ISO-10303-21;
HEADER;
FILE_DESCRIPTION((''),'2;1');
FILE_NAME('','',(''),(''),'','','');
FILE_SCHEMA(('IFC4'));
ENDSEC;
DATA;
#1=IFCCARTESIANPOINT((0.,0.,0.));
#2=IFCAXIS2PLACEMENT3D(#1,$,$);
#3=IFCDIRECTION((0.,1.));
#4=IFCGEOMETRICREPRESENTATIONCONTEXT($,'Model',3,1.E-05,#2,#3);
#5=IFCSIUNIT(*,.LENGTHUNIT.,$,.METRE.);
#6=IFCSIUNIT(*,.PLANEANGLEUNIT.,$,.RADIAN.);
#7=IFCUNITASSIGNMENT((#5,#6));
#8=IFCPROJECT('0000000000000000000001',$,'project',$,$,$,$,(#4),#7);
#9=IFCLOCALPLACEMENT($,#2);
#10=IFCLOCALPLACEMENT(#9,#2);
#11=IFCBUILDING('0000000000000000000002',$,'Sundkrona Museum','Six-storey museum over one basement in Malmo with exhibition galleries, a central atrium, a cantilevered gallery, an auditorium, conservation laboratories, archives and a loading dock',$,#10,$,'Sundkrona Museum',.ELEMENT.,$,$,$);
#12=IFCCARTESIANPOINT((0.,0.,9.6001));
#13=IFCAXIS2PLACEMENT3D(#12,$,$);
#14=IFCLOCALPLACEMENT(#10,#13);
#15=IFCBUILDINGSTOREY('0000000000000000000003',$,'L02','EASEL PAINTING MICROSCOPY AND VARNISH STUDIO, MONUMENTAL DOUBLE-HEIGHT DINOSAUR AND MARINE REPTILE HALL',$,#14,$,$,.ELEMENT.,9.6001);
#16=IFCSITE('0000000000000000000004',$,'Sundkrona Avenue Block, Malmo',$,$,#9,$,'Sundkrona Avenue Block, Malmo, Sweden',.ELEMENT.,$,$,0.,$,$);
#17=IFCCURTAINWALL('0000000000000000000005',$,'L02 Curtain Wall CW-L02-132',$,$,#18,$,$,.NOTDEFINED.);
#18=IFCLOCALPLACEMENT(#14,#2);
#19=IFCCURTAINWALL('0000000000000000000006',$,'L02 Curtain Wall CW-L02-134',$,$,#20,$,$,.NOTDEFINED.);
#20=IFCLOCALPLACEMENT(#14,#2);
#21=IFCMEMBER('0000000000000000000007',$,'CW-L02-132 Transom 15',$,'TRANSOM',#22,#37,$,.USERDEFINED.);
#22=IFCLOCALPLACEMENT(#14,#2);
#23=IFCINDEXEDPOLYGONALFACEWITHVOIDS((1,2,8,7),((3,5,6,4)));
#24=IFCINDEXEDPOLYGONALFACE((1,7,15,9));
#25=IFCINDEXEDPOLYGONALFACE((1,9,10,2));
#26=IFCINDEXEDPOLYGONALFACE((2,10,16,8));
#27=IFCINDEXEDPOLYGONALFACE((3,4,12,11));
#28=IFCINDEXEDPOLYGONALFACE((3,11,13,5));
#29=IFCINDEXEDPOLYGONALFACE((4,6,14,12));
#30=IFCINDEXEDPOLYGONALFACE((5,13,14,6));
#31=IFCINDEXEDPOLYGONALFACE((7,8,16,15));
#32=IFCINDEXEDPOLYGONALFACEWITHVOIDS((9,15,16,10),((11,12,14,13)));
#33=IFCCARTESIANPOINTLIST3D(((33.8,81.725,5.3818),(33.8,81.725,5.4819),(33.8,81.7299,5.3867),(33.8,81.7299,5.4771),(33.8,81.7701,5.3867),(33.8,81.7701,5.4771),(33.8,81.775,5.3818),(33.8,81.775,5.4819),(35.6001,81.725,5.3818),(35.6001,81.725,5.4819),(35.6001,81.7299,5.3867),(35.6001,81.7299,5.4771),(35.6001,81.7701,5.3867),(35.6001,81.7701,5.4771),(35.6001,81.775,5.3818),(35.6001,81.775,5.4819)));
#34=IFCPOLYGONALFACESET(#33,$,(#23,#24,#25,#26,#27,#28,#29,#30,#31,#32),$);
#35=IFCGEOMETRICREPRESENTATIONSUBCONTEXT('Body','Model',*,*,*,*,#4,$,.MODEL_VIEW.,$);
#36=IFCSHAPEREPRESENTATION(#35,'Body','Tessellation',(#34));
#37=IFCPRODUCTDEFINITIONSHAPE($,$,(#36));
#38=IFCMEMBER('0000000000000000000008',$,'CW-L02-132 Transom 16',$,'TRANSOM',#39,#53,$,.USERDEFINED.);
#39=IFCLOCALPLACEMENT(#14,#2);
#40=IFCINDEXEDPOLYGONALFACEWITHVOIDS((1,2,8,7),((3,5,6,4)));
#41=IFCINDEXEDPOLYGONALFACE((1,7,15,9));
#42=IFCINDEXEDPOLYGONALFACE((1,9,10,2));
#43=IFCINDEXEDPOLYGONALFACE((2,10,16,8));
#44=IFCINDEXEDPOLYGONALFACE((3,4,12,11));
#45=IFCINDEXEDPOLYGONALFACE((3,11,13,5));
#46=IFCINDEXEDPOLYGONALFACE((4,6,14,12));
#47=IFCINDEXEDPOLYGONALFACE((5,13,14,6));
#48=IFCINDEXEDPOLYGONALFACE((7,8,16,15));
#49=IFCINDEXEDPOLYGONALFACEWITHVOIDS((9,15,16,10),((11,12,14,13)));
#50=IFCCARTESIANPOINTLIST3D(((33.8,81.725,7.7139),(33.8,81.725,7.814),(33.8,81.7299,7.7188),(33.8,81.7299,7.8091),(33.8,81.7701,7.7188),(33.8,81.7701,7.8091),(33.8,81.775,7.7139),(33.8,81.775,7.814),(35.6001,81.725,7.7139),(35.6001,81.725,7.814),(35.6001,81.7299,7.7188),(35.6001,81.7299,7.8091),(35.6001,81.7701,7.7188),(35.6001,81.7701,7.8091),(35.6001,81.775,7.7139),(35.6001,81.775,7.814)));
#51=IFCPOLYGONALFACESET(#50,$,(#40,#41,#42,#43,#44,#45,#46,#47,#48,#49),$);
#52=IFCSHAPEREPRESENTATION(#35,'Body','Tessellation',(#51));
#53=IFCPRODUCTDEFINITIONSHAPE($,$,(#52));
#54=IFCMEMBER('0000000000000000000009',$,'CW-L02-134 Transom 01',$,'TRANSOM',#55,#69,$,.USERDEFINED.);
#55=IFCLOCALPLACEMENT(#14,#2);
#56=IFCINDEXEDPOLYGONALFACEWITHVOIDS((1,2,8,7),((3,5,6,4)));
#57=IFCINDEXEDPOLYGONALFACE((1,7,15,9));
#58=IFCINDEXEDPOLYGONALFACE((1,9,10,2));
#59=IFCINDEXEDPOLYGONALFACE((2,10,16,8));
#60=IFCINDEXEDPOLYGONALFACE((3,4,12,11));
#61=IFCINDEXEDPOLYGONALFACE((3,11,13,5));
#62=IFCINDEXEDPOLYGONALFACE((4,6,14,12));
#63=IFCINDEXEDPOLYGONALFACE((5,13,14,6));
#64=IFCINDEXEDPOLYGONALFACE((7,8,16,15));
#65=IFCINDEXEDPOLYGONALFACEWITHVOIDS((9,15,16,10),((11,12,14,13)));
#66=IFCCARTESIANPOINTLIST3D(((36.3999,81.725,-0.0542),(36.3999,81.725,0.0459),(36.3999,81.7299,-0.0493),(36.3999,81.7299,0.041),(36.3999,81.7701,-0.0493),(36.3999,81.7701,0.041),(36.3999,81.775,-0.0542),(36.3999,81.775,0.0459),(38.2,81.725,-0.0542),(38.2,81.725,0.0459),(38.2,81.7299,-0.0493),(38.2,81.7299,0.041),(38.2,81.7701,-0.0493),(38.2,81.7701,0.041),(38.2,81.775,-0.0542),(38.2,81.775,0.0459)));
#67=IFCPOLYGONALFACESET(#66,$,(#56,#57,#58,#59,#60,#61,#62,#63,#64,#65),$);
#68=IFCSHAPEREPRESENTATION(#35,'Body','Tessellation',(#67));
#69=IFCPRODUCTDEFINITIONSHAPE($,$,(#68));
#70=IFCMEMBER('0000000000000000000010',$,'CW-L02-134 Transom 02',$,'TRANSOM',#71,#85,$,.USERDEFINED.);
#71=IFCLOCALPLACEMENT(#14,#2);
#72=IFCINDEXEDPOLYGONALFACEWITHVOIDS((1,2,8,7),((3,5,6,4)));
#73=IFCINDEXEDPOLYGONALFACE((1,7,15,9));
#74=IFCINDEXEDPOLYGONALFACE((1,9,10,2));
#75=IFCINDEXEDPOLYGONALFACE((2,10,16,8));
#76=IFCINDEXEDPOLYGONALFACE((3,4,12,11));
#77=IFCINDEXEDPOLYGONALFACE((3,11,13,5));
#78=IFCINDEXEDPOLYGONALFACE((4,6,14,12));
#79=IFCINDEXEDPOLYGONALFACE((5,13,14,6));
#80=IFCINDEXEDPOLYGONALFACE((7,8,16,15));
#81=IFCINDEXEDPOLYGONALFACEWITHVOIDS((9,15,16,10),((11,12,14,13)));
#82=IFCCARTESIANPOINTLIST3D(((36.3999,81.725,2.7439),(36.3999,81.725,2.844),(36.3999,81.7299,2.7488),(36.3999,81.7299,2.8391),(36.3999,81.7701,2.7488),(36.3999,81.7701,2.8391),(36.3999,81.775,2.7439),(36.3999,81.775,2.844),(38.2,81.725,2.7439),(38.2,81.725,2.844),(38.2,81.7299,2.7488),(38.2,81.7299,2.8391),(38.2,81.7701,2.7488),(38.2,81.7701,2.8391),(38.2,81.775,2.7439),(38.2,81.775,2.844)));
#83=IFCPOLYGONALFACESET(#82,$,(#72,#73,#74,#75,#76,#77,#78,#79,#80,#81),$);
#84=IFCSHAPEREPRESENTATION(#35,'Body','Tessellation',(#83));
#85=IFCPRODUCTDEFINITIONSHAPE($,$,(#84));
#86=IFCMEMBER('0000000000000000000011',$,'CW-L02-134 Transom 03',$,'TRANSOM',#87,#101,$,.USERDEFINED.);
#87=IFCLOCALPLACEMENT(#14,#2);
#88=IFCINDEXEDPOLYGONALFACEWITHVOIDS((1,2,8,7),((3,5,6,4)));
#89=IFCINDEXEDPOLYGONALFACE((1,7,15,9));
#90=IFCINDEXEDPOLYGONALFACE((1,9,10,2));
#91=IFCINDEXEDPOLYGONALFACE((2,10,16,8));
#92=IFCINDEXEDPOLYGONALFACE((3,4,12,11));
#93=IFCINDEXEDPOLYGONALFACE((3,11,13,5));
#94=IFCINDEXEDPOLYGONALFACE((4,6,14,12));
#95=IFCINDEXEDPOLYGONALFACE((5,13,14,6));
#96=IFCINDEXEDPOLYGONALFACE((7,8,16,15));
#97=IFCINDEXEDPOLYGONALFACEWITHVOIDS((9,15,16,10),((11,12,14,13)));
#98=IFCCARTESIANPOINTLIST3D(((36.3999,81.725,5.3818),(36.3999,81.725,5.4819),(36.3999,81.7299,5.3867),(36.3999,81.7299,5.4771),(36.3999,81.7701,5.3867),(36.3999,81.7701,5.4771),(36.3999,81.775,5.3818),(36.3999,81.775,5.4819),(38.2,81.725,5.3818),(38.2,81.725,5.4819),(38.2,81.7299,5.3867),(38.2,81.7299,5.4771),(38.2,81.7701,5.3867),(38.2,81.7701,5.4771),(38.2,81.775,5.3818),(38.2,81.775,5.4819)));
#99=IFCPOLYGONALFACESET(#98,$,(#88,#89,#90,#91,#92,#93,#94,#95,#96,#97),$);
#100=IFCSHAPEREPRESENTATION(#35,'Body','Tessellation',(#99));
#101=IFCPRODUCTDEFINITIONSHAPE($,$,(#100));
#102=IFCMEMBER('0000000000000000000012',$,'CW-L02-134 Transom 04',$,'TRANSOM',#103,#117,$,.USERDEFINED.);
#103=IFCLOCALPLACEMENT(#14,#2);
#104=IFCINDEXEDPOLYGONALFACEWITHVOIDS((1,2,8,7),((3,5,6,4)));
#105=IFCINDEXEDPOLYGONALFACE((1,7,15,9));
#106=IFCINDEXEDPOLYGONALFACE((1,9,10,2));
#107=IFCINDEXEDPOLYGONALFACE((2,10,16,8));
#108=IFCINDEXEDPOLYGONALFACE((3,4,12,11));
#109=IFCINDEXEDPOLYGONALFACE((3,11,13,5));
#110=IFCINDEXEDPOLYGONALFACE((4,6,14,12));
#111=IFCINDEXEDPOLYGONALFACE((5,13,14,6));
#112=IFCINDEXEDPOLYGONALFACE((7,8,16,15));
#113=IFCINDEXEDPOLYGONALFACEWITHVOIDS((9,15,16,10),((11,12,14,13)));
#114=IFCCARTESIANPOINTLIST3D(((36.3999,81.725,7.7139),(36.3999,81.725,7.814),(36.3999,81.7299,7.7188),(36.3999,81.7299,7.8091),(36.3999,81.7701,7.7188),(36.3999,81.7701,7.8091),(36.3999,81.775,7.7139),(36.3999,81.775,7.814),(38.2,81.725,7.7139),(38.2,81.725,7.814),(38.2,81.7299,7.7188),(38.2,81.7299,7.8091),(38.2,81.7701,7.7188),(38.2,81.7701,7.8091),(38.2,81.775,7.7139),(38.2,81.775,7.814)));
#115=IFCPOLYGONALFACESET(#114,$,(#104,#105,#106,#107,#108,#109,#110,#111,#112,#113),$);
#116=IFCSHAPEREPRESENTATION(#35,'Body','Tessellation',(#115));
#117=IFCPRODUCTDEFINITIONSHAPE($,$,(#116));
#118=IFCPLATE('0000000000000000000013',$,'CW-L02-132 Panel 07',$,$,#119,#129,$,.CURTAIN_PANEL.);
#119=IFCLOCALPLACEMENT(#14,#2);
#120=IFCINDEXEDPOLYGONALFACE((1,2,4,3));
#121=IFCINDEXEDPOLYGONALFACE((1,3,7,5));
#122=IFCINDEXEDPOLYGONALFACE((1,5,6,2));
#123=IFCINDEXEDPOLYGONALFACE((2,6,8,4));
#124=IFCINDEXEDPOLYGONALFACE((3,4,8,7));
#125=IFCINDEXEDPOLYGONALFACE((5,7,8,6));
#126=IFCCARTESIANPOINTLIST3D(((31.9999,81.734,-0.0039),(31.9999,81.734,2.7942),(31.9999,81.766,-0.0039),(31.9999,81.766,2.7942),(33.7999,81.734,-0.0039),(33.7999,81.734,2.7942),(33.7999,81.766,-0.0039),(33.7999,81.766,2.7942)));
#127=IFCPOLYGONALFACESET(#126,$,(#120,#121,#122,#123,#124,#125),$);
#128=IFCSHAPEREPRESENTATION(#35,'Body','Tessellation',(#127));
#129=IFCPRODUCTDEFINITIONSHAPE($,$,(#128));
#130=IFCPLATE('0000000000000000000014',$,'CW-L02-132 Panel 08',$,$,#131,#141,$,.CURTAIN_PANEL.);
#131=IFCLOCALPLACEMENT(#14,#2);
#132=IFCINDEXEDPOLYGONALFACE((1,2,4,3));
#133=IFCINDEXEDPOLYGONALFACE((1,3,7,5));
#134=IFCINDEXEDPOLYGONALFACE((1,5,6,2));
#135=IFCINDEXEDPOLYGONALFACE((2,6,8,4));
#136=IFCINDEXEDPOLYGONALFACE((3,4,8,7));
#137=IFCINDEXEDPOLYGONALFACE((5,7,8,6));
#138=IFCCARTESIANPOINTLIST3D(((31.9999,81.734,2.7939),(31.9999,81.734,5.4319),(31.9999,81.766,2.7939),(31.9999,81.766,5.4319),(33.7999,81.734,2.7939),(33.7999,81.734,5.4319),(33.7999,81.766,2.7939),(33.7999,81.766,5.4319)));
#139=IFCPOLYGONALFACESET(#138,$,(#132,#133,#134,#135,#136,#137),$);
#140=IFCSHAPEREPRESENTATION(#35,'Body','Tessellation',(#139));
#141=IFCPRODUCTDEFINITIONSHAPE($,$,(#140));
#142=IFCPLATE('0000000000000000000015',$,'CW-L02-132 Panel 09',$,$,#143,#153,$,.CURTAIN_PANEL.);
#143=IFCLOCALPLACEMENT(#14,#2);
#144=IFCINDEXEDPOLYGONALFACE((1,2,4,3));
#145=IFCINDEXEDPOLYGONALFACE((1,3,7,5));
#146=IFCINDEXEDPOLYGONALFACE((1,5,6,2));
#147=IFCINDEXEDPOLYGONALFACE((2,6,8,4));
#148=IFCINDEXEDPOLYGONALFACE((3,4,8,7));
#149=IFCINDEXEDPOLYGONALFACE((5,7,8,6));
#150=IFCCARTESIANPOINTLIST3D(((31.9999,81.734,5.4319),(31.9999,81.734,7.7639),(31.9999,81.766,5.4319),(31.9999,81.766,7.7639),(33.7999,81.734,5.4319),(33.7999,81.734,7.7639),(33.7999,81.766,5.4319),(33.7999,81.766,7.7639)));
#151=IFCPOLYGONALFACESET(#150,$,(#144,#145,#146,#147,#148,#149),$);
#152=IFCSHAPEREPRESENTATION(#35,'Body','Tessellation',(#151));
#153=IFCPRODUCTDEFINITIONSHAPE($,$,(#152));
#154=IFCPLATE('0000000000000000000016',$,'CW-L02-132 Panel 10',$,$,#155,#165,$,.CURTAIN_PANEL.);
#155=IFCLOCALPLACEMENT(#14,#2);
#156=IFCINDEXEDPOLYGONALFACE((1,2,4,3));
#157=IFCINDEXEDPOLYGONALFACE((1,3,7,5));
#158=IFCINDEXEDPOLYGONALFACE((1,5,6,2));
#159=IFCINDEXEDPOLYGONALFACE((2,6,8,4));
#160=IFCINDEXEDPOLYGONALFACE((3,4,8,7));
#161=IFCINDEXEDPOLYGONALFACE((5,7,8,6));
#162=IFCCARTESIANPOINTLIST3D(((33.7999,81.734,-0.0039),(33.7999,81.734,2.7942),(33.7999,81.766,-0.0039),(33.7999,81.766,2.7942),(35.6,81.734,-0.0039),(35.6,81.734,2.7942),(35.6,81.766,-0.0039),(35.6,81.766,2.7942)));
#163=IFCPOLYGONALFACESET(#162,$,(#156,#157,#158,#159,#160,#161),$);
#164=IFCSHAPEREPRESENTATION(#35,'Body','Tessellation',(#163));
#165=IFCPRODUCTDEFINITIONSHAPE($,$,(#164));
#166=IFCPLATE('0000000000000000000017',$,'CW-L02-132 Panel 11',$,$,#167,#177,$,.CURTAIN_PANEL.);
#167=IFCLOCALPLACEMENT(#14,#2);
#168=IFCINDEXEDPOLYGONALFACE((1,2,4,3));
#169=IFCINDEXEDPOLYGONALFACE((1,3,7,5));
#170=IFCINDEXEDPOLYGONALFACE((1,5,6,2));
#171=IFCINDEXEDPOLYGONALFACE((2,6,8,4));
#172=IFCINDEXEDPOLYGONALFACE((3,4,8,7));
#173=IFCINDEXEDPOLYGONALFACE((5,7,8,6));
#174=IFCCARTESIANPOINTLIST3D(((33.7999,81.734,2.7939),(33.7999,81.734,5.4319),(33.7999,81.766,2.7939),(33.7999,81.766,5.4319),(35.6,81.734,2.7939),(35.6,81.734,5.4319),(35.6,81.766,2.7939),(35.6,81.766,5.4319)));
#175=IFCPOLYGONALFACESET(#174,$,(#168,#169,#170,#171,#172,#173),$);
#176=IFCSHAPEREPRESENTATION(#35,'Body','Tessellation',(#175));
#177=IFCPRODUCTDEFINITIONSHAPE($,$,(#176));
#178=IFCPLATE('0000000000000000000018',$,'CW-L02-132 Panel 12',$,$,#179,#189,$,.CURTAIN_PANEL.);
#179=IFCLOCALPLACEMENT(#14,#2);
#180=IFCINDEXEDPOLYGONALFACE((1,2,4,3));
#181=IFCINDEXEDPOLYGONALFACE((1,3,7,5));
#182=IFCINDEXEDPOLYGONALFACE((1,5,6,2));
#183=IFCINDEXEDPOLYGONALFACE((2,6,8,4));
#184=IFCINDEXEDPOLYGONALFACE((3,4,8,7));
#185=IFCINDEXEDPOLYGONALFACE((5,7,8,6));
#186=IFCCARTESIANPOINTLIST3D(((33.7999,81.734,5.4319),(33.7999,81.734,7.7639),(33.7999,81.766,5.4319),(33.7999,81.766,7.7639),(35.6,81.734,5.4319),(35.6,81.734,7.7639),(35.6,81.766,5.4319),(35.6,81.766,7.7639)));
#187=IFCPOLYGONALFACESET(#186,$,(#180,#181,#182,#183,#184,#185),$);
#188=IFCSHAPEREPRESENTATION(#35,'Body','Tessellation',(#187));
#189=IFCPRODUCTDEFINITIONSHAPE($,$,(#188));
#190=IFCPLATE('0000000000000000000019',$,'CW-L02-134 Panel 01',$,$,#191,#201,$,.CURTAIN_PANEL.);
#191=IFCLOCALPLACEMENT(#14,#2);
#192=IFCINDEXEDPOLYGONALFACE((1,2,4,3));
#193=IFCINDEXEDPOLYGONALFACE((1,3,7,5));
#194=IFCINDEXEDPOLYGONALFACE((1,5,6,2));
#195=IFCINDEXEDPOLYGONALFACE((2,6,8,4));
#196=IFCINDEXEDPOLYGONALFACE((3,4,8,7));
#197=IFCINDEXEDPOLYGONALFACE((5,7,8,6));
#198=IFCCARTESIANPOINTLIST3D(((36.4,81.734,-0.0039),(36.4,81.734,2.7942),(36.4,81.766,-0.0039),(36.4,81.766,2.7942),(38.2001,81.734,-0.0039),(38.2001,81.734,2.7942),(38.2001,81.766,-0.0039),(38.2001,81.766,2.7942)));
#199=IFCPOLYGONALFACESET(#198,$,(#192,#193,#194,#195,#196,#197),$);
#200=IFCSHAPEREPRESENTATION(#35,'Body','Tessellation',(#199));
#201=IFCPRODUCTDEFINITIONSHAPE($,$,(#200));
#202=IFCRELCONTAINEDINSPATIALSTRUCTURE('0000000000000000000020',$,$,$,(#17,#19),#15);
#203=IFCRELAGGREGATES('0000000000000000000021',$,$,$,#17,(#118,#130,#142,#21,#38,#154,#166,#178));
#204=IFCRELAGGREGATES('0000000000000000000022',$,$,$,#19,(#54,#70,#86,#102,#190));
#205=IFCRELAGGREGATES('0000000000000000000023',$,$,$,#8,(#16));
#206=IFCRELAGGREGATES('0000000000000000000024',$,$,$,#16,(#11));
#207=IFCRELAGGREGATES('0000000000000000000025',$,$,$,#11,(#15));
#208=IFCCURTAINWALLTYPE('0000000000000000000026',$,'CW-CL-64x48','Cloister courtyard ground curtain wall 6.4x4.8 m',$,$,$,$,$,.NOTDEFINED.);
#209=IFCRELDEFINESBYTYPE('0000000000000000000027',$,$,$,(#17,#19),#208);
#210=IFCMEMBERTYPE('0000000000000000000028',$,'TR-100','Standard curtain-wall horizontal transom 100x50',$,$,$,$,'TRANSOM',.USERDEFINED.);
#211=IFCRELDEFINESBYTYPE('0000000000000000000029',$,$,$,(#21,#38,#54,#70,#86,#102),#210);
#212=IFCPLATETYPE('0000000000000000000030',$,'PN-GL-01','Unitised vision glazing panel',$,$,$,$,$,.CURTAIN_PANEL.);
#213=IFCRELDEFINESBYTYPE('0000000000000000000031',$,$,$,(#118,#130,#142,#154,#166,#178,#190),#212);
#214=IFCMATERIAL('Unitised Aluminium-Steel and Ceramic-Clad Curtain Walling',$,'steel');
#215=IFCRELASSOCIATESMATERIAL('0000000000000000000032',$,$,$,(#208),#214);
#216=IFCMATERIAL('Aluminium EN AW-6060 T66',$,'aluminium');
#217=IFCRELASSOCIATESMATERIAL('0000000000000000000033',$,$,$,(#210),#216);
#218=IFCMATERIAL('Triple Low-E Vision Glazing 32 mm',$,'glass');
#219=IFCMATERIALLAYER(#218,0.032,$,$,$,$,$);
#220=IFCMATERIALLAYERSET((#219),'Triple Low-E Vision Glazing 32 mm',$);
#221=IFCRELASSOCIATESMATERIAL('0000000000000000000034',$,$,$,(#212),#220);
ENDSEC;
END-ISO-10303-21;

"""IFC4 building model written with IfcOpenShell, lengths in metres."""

from ifc_helpers import new_model, si_unit, direction, frame, origin, origin_2d, place, context, subcontext, project, spatial, rectangle, hollow_rectangle, extrude, material, layer, layer_set, material_profile, profile_set, type_object, element, aggregate, save


model = new_model("IFC4")

# Units and contexts
model_context = context("Model", 3, precision=1e-05, world=origin(), true_north=direction((0.0, 1.0)))
body_context = subcontext(model_context, "Body", "Model", "MODEL_VIEW")
ifc_project = project(units=[si_unit("LENGTHUNIT", "METRE"), si_unit("PLANEANGLEUNIT", "RADIAN")], contexts=[model_context])

# Site, building, storey
site_placement = place(None, origin())
site = spatial("IfcSite", under=ifc_project, at=site_placement, Name="Sundkrona Avenue Block, Malmo", LongName="Sundkrona Avenue Block, Malmo, Sweden", CompositionType="ELEMENT", RefElevation=0.0)
building_placement = place(site_placement, origin())
building = spatial("IfcBuilding", under=site, at=building_placement, Name="Sundkrona Museum", Description="Six-storey museum over one basement in Malmo with exhibition galleries, a central atrium, a cantilevered gallery, an auditorium, conservation laboratories, archives and a loading dock", LongName="Sundkrona Museum", CompositionType="ELEMENT")
storey_placement = place(building_placement, frame((0.0, 0.0, 9.6001)))
storey = spatial("IfcBuildingStorey", under=building, at=storey_placement, Name="L02", Description="EASEL PAINTING MICROSCOPY AND VARNISH STUDIO, MONUMENTAL DOUBLE-HEIGHT DINOSAUR AND MARINE REPTILE HALL", CompositionType="ELEMENT", Elevation=9.6001)

# Curtain wall
ifc_material_1 = material(Name="Unitised Aluminium-Steel and Ceramic-Clad Curtain Walling", Category="steel")
curtain_wall_type = type_object("IfcCurtainWallType", Name="CW-CL-64x48", Description="Cloister courtyard ground curtain wall 6.4x4.8 m", PredefinedType="NOTDEFINED", material=ifc_material_1)
curtain_wall_1_placement = place(storey_placement, origin())
curtain_wall_1 = element("IfcCurtainWall", 1, at=curtain_wall_1_placement, inside=storey, type_object=curtain_wall_type, Name="L02 Curtain Wall CW-L02-132", PredefinedType="NOTDEFINED")
ifc_material_2 = material(Name="Aluminium EN AW-6060 T66", Category="aluminium")

# Curtain wall
curtain_wall_2_placement = place(storey_placement, origin())
curtain_wall_2 = element("IfcCurtainWall", 2, at=curtain_wall_2_placement, inside=storey, type_object=curtain_wall_type, Name="L02 Curtain Wall CW-L02-134", PredefinedType="NOTDEFINED")

# Members
ifc_material_profile_1 = material_profile(ifc_material_2, hollow_rectangle(XDim=0.05, YDim=0.1001, WallThickness=0.0049, at=origin_2d()), Name="RHS 100x50x5.0")
ifc_profile_set_1 = profile_set([ifc_material_profile_1], Name="Aluminium EN AW-6060 T66")
member_type_1 = type_object("IfcMemberType", Name="TR-100", Description="Standard curtain-wall horizontal transom 100x50", ElementType="TRANSOM", PredefinedType="USERDEFINED", material=ifc_profile_set_1)
member_1_placement = place(storey_placement, frame((33.8, 81.75, 5.4319), z_axis=(1.0, 0.0, 0.0), x_axis=(0.0, 1.0, 0.0)))
member_1 = element("IfcMember", 3, at=member_1_placement, type_object=member_type_1, Name="CW-L02-132 Transom 15", ObjectType="TRANSOM", PredefinedType="USERDEFINED", context=body_context, shape_type="SweptSolid", body=[
    extrude(hollow_rectangle(XDim=0.05, YDim=0.1001, WallThickness=0.0049, at=origin_2d()), origin(), (0.0, 0.0, 1.0), 1.8),
])
member_2_placement = place(storey_placement, frame((33.8, 81.75, 7.7639), z_axis=(1.0, 0.0, 0.0), x_axis=(0.0, 1.0, 0.0)))
member_2 = element("IfcMember", 4, at=member_2_placement, type_object=member_type_1, Name="CW-L02-132 Transom 16", ObjectType="TRANSOM", PredefinedType="USERDEFINED", context=body_context, shape_type="SweptSolid", body=[
    extrude(hollow_rectangle(XDim=0.05, YDim=0.1001, WallThickness=0.0049, at=origin_2d()), origin(), (0.0, 0.0, 1.0), 1.8),
])
member_3_placement = place(storey_placement, frame((36.3999, 81.75, -0.0042), z_axis=(1.0, 0.0, 0.0), x_axis=(0.0, 1.0, 0.0)))
member_3 = element("IfcMember", 5, at=member_3_placement, type_object=member_type_1, Name="CW-L02-134 Transom 01", ObjectType="TRANSOM", PredefinedType="USERDEFINED", context=body_context, shape_type="SweptSolid", body=[
    extrude(hollow_rectangle(XDim=0.05, YDim=0.1001, WallThickness=0.0049, at=origin_2d()), origin(), (0.0, 0.0, 1.0), 1.8),
])
member_4_placement = place(storey_placement, frame((36.3999, 81.75, 2.7939), z_axis=(1.0, 0.0, 0.0), x_axis=(0.0, 1.0, 0.0)))
member_4 = element("IfcMember", 6, at=member_4_placement, type_object=member_type_1, Name="CW-L02-134 Transom 02", ObjectType="TRANSOM", PredefinedType="USERDEFINED", context=body_context, shape_type="SweptSolid", body=[
    extrude(hollow_rectangle(XDim=0.05, YDim=0.1001, WallThickness=0.0049, at=origin_2d()), origin(), (0.0, 0.0, 1.0), 1.8),
])
member_5_placement = place(storey_placement, frame((36.3999, 81.75, 5.4319), z_axis=(1.0, 0.0, 0.0), x_axis=(0.0, 1.0, 0.0)))
member_5 = element("IfcMember", 7, at=member_5_placement, type_object=member_type_1, Name="CW-L02-134 Transom 03", ObjectType="TRANSOM", PredefinedType="USERDEFINED", context=body_context, shape_type="SweptSolid", body=[
    extrude(hollow_rectangle(XDim=0.05, YDim=0.1001, WallThickness=0.0049, at=origin_2d()), origin(), (0.0, 0.0, 1.0), 1.8),
])
member_6_placement = place(storey_placement, frame((36.3999, 81.75, 7.7639), z_axis=(1.0, 0.0, 0.0), x_axis=(0.0, 1.0, 0.0)))
member_6 = element("IfcMember", 8, at=member_6_placement, type_object=member_type_1, Name="CW-L02-134 Transom 04", ObjectType="TRANSOM", PredefinedType="USERDEFINED", context=body_context, shape_type="SweptSolid", body=[
    extrude(hollow_rectangle(XDim=0.05, YDim=0.1001, WallThickness=0.0049, at=origin_2d()), origin(), (0.0, 0.0, 1.0), 1.8),
])

# Plates
ifc_material_3 = material(Name="Triple Low-E Vision Glazing 32 mm", Category="glass")
ifc_layer = layer(ifc_material_3, 0.032)
ifc_layer_set = layer_set([ifc_layer], Name="Triple Low-E Vision Glazing 32 mm")
plate_type = type_object("IfcPlateType", Name="PN-GL-01", Description="Unitised vision glazing panel", PredefinedType="CURTAIN_PANEL", material=ifc_layer_set)
plate_1_placement = place(storey_placement, frame((32.8999, 81.75, -0.0039), z_axis=(0.0, 0.0, 1.0), x_axis=(1.0, 0.0, 0.0)))
plate_1 = element("IfcPlate", 9, at=plate_1_placement, type_object=plate_type, Name="CW-L02-132 Panel 07", PredefinedType="CURTAIN_PANEL", context=body_context, shape_type="SweptSolid", body=[
    extrude(rectangle(XDim=1.8, YDim=0.032, at=origin_2d()), origin(), (0.0, 0.0, 1.0), 2.7981),
])
plate_2_placement = place(storey_placement, frame((32.8999, 81.75, 2.7939), z_axis=(0.0, 0.0, 1.0), x_axis=(1.0, 0.0, 0.0)))
plate_2 = element("IfcPlate", 10, at=plate_2_placement, type_object=plate_type, Name="CW-L02-132 Panel 08", PredefinedType="CURTAIN_PANEL", context=body_context, shape_type="SweptSolid", body=[
    extrude(rectangle(XDim=1.8, YDim=0.032, at=origin_2d()), origin(), (0.0, 0.0, 1.0), 2.6379),
])
plate_3_placement = place(storey_placement, frame((32.8999, 81.75, 5.4319), z_axis=(0.0, 0.0, 1.0), x_axis=(1.0, 0.0, 0.0)))
plate_3 = element("IfcPlate", 11, at=plate_3_placement, type_object=plate_type, Name="CW-L02-132 Panel 09", PredefinedType="CURTAIN_PANEL", context=body_context, shape_type="SweptSolid", body=[
    extrude(rectangle(XDim=1.8, YDim=0.032, at=origin_2d()), origin(), (0.0, 0.0, 1.0), 2.332),
])
plate_4_placement = place(storey_placement, frame((34.7, 81.75, -0.0039), z_axis=(0.0, 0.0, 1.0), x_axis=(1.0, 0.0, 0.0)))
plate_4 = element("IfcPlate", 12, at=plate_4_placement, type_object=plate_type, Name="CW-L02-132 Panel 10", PredefinedType="CURTAIN_PANEL", context=body_context, shape_type="SweptSolid", body=[
    extrude(rectangle(XDim=1.8, YDim=0.032, at=origin_2d()), origin(), (0.0, 0.0, 1.0), 2.7981),
])
plate_5_placement = place(storey_placement, frame((34.7, 81.75, 2.7939), z_axis=(0.0, 0.0, 1.0), x_axis=(1.0, 0.0, 0.0)))
plate_5 = element("IfcPlate", 13, at=plate_5_placement, type_object=plate_type, Name="CW-L02-132 Panel 11", PredefinedType="CURTAIN_PANEL", context=body_context, shape_type="SweptSolid", body=[
    extrude(rectangle(XDim=1.8, YDim=0.032, at=origin_2d()), origin(), (0.0, 0.0, 1.0), 2.6379),
])
plate_6_placement = place(storey_placement, frame((34.7, 81.75, 5.4319), z_axis=(0.0, 0.0, 1.0), x_axis=(1.0, 0.0, 0.0)))
plate_6 = element("IfcPlate", 14, at=plate_6_placement, type_object=plate_type, Name="CW-L02-132 Panel 12", PredefinedType="CURTAIN_PANEL", context=body_context, shape_type="SweptSolid", body=[
    extrude(rectangle(XDim=1.8, YDim=0.032, at=origin_2d()), origin(), (0.0, 0.0, 1.0), 2.332),
])
aggregate(curtain_wall_1, [plate_1, plate_2, plate_3, member_1, member_2, plate_4, plate_5, plate_6])
plate_7_placement = place(storey_placement, frame((37.3, 81.75, -0.0039), z_axis=(0.0, 0.0, 1.0), x_axis=(1.0, 0.0, 0.0)))
plate_7 = element("IfcPlate", 15, at=plate_7_placement, type_object=plate_type, Name="CW-L02-134 Panel 01", PredefinedType="CURTAIN_PANEL", context=body_context, shape_type="SweptSolid", body=[
    extrude(rectangle(XDim=1.8, YDim=0.032, at=origin_2d()), origin(), (0.0, 0.0, 1.0), 2.7981),
])
aggregate(curtain_wall_2, [member_3, member_4, member_5, member_6, plate_7])

save(model, "model.ifc")
